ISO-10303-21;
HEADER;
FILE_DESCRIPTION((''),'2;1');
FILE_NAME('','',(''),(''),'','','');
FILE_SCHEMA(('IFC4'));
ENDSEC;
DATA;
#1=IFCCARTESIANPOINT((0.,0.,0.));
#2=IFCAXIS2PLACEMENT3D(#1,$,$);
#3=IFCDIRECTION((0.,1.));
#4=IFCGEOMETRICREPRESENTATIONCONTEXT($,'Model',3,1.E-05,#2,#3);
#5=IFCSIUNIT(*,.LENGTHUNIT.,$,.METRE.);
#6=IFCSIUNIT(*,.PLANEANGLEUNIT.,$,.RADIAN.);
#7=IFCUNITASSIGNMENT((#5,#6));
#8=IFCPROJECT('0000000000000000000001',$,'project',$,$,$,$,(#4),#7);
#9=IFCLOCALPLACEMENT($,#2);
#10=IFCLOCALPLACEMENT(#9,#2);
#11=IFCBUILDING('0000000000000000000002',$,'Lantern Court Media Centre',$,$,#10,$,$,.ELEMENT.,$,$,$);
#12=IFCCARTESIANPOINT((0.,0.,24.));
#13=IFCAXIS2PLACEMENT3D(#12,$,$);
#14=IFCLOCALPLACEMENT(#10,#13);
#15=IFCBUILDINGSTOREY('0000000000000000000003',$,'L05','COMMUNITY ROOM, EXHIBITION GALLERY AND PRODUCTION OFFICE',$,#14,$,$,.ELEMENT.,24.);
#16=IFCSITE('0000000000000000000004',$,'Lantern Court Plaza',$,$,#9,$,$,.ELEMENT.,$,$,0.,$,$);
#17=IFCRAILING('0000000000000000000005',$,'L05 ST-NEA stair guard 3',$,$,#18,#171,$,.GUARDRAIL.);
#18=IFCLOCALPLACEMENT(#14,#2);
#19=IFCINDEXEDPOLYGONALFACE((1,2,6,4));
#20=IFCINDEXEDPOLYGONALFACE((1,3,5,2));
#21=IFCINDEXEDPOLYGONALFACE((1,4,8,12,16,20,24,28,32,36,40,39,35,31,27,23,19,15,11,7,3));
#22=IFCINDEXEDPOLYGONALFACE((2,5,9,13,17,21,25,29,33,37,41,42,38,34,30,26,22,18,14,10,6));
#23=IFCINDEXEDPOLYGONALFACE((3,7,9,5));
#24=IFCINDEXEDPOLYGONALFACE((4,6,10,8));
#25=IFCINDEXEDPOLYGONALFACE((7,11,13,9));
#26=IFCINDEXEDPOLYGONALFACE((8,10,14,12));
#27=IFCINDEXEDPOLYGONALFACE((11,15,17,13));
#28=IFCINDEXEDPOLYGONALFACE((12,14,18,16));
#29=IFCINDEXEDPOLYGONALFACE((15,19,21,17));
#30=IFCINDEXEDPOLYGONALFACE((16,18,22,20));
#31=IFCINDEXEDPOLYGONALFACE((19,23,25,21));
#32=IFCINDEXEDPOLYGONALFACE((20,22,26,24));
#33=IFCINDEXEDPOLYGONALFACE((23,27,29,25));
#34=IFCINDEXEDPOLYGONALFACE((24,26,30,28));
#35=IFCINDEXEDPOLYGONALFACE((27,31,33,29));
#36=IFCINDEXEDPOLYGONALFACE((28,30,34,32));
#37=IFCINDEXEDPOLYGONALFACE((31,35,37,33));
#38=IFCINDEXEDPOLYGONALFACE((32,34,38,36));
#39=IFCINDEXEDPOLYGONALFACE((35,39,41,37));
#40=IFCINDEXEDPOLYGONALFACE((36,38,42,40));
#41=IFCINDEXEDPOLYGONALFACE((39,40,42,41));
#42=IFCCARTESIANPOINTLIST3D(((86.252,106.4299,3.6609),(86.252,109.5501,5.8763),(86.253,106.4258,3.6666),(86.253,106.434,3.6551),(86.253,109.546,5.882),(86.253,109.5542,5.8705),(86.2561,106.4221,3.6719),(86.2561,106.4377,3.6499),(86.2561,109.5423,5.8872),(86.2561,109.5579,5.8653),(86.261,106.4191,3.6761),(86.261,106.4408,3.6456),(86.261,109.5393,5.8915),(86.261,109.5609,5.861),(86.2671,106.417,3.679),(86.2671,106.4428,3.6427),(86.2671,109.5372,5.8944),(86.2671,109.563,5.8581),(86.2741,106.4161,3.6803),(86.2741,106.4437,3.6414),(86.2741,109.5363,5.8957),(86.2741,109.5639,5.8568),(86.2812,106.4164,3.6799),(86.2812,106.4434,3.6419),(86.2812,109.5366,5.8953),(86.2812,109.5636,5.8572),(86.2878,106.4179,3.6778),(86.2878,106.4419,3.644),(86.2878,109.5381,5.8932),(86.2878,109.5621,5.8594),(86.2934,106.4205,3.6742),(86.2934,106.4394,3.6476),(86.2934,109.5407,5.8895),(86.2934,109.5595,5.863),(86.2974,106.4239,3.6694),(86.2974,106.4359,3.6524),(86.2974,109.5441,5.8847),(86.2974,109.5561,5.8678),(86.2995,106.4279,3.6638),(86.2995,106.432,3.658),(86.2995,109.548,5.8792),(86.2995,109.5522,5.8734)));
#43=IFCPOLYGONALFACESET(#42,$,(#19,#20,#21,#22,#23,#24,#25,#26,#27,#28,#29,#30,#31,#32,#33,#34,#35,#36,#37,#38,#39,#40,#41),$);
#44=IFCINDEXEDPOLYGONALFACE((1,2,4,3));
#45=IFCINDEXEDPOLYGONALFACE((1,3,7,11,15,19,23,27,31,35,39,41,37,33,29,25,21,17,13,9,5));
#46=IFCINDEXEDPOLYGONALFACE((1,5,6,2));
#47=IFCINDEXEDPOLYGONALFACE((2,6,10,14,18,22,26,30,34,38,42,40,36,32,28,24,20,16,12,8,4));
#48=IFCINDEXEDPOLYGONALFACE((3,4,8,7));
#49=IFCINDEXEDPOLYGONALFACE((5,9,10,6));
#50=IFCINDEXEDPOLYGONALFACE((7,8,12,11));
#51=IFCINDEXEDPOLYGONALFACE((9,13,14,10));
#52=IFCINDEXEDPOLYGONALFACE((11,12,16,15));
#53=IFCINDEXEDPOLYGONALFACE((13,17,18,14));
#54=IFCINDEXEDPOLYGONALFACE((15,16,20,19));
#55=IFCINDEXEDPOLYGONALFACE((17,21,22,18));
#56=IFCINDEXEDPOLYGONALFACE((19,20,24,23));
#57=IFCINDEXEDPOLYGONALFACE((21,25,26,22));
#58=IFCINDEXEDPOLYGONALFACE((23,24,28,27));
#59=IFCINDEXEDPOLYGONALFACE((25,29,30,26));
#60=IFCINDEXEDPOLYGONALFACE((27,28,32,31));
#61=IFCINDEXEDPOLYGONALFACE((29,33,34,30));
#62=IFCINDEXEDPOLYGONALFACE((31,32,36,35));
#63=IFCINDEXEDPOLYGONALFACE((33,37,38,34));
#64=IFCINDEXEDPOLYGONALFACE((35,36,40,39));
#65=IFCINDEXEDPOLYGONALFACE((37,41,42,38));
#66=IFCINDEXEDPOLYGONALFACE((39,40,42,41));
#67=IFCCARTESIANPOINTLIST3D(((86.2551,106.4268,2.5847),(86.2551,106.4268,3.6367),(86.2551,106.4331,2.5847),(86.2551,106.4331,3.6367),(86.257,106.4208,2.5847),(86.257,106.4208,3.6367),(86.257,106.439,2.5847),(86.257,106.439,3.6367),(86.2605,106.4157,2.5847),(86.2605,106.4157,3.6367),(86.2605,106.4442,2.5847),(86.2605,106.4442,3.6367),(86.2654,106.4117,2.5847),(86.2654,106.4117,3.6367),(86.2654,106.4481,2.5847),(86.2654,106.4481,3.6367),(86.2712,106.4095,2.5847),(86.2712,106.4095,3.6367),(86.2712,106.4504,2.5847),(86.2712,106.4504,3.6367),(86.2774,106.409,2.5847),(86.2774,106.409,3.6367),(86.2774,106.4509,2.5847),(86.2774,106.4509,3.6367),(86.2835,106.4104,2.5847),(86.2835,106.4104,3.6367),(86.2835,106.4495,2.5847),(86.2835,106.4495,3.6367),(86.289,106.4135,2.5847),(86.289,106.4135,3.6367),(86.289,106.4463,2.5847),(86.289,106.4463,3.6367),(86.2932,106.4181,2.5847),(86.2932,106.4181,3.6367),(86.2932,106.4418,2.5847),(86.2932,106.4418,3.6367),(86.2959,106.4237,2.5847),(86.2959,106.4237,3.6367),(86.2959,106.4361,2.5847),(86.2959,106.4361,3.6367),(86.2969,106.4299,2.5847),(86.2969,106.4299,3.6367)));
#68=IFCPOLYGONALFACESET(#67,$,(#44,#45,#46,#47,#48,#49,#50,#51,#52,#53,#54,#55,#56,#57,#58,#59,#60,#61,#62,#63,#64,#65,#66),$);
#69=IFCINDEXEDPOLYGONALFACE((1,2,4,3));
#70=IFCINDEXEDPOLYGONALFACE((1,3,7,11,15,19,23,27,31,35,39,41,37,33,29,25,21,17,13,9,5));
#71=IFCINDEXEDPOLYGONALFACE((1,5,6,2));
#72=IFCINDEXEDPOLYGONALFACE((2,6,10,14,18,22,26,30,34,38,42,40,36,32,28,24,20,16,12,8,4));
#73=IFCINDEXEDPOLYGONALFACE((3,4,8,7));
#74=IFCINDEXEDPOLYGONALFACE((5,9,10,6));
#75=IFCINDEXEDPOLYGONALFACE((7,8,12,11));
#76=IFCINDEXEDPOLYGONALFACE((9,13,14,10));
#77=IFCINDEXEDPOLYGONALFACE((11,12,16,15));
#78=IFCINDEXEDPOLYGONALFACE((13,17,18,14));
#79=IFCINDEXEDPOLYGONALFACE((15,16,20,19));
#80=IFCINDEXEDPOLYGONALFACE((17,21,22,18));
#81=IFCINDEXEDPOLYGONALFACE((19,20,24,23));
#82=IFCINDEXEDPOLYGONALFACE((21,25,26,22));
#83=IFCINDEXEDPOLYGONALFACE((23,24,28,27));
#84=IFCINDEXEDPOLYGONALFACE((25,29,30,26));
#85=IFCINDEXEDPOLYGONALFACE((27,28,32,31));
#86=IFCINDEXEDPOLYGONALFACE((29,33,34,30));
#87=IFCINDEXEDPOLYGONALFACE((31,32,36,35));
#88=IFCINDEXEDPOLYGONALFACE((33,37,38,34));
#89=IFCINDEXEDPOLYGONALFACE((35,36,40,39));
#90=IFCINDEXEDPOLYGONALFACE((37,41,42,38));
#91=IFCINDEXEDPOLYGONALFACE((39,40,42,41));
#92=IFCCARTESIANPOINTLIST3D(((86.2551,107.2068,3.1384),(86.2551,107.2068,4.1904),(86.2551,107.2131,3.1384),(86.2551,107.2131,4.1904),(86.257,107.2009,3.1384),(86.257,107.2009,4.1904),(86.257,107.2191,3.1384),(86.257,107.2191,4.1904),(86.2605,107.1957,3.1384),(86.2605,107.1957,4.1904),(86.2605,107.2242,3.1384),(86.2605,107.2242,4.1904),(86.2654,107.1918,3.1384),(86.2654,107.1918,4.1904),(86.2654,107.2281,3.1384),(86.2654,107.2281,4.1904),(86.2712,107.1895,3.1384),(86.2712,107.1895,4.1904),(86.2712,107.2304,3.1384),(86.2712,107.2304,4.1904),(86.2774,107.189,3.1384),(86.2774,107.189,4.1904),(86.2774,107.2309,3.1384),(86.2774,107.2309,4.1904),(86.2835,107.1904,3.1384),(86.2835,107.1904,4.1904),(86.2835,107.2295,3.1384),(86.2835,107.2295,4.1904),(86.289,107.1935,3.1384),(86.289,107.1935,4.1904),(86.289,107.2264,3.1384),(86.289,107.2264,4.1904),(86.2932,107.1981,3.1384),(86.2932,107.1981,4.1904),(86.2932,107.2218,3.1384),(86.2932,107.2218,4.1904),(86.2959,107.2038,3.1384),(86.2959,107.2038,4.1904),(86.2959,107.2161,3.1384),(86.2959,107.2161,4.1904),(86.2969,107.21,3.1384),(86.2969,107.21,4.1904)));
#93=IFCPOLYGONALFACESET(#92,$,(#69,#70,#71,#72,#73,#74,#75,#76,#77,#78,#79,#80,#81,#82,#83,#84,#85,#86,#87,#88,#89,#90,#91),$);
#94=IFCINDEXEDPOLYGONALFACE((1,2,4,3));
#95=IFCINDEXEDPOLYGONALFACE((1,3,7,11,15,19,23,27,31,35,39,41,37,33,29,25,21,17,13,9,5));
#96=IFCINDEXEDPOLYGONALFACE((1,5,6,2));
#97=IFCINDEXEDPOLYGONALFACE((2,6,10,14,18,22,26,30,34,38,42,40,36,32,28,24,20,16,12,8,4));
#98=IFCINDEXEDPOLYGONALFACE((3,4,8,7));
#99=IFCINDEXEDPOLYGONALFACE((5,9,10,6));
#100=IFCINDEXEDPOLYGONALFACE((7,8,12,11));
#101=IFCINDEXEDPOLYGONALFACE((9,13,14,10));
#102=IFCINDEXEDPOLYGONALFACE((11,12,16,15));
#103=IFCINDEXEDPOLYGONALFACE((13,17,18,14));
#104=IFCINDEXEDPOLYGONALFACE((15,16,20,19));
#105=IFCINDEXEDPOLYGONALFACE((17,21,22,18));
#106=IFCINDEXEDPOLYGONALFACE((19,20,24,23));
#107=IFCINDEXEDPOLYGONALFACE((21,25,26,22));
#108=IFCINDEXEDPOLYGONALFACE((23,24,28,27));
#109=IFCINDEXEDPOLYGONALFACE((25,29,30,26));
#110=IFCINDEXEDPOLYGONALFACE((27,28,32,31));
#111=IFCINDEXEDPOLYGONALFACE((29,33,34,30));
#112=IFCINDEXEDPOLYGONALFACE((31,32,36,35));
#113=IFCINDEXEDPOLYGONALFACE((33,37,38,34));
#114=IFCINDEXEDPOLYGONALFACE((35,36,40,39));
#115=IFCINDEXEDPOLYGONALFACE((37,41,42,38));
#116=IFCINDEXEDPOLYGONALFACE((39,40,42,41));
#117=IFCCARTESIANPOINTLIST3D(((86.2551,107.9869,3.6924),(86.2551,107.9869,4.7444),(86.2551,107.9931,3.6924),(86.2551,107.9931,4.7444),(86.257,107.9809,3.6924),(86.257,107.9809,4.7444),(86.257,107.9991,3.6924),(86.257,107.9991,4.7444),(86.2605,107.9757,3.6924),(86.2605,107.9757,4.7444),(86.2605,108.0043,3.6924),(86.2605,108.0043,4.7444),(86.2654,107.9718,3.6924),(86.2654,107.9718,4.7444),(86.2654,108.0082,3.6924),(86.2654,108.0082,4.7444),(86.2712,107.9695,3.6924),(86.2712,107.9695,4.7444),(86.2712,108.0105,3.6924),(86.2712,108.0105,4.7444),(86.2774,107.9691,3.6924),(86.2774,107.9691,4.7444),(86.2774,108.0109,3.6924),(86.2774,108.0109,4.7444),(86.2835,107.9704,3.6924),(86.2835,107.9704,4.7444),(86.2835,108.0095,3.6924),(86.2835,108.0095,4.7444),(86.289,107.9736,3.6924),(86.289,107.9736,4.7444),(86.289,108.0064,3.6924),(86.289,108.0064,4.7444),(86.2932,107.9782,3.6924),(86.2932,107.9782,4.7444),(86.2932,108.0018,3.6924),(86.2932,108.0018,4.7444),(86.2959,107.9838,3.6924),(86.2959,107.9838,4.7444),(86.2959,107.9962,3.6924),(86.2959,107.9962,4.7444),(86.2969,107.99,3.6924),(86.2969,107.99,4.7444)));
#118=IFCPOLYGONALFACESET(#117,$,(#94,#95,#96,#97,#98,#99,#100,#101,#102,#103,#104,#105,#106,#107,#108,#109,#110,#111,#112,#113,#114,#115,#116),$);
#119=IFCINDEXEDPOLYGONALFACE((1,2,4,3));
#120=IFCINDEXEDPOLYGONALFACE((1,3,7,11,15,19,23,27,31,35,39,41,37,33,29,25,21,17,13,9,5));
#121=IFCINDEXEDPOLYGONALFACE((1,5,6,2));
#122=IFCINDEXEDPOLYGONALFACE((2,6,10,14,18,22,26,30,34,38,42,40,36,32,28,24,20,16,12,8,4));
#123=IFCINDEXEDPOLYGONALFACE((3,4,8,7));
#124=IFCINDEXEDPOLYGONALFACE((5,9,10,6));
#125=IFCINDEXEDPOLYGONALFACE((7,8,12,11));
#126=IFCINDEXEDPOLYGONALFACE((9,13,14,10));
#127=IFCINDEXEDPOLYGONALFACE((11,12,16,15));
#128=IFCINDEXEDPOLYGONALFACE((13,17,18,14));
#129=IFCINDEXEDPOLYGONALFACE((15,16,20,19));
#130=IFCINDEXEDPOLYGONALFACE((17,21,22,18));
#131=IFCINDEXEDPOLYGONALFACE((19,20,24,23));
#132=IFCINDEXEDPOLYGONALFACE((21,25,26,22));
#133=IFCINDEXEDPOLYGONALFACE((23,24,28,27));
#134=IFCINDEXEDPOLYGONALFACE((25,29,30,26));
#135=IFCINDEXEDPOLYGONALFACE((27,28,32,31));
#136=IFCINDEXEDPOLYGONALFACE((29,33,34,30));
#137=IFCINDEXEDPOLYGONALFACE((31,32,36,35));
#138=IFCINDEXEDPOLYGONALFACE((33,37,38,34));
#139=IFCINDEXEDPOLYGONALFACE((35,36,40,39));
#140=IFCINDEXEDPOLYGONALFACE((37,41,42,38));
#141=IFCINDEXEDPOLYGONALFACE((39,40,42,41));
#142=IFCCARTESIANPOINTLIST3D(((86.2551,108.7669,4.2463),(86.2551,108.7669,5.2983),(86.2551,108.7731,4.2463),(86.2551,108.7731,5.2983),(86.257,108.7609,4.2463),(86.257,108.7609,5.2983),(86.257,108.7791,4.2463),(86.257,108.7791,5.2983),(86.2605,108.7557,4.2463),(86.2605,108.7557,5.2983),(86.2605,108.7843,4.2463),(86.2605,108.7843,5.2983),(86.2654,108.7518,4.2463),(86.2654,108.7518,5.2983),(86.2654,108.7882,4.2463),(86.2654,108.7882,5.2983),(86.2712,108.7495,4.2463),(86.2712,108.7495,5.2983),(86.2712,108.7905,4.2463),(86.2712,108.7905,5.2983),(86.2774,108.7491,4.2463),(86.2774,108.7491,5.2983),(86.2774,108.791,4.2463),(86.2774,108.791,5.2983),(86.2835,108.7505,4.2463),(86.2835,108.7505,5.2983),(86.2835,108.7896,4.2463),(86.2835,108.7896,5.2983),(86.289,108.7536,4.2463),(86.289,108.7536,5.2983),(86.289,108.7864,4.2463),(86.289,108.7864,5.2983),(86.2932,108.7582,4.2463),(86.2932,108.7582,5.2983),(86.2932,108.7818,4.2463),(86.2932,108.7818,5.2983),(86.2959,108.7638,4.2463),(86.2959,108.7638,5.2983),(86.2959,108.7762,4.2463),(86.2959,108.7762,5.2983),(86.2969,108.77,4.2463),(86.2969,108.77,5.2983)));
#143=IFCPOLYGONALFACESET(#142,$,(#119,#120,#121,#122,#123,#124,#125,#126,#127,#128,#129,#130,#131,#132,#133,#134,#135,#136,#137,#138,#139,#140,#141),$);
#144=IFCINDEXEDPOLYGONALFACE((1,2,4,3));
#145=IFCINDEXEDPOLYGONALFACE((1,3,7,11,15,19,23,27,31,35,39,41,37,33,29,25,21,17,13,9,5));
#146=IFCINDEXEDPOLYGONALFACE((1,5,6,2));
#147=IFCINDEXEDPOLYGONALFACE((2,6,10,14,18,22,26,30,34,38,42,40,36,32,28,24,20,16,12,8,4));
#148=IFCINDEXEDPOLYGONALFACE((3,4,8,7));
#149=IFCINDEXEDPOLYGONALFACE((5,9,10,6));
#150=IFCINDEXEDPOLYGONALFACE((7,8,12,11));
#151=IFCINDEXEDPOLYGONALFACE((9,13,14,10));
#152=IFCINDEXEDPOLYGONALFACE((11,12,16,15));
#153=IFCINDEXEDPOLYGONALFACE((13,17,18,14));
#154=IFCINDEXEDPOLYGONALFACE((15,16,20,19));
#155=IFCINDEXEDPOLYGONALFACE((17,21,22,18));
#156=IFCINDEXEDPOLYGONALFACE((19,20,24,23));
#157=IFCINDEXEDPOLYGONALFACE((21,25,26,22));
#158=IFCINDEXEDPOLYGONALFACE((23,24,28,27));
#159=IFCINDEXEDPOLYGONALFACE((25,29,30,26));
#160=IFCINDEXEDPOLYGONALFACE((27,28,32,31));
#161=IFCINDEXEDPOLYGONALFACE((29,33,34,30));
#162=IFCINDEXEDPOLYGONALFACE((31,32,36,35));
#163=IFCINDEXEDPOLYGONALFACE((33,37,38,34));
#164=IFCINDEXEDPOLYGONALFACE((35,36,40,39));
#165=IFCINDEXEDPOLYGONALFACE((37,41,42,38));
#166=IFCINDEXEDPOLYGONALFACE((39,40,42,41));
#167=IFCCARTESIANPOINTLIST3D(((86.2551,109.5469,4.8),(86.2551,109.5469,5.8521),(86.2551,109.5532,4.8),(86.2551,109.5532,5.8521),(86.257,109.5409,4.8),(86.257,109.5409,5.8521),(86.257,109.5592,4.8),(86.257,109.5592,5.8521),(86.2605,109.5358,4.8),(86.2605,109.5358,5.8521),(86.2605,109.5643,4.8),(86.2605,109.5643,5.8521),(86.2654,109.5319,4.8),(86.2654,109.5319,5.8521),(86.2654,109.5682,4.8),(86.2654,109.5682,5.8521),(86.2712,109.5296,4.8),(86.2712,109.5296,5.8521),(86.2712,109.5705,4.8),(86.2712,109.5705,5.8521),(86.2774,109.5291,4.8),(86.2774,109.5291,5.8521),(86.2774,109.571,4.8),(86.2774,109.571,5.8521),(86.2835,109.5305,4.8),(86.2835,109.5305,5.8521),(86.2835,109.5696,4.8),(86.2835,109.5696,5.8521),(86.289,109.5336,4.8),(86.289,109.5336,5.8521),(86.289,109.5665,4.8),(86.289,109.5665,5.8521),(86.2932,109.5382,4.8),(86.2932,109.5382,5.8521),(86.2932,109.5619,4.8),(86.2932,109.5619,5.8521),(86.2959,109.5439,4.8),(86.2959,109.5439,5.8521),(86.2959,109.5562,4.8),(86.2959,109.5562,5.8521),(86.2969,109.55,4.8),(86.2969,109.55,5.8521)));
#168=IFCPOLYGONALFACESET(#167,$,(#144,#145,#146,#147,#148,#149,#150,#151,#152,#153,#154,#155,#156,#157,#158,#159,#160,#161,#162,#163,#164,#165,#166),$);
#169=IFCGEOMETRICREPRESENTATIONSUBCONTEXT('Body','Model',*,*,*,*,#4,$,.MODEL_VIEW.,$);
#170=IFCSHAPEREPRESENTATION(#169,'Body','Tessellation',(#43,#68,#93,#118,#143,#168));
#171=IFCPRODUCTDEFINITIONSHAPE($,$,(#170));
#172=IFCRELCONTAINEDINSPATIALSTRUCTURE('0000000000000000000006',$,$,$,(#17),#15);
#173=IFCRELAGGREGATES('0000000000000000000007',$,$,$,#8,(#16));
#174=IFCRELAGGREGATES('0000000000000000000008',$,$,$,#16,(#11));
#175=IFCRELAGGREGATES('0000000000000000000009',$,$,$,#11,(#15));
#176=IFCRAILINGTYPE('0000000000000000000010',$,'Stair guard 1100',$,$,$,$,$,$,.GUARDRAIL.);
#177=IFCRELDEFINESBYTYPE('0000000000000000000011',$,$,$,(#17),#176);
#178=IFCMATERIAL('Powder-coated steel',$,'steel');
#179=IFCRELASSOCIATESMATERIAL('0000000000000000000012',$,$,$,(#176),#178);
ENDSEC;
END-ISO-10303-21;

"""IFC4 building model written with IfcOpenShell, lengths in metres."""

from ifc_helpers import new_model, si_unit, direction, frame, origin, origin_2d, place, context, subcontext, project, spatial, circle, extrude, material, type_object, element, save


model = new_model("IFC4")

# Units and contexts
model_context = context("Model", 3, precision=1e-05, world=origin(), true_north=direction((0.0, 1.0)))
body_context = subcontext(model_context, "Body", "Model", "MODEL_VIEW")
ifc_project = project(units=[si_unit("LENGTHUNIT", "METRE"), si_unit("PLANEANGLEUNIT", "RADIAN")], contexts=[model_context])

# Site, building, storey
site_placement = place(None, origin())
site = spatial("IfcSite", under=ifc_project, at=site_placement, Name="Lantern Court Plaza", CompositionType="ELEMENT", RefElevation=0.0)
building_placement = place(site_placement, origin())
building = spatial("IfcBuilding", under=site, at=building_placement, Name="Lantern Court Media Centre", CompositionType="ELEMENT")
storey_placement = place(building_placement, frame((0.0, 0.0, 24.0)))
storey = spatial("IfcBuildingStorey", under=building, at=storey_placement, Name="L05", Description="COMMUNITY ROOM, EXHIBITION GALLERY AND PRODUCTION OFFICE", CompositionType="ELEMENT", Elevation=24.0)

# Shared definitions
ifc_material_1 = material(Name="Powder-coated steel", Category="steel")

# Railing
railing_type_1 = type_object("IfcRailingType", Name="Stair guard 1100", PredefinedType="GUARDRAIL", material=ifc_material_1)
railing_1_placement = place(storey_placement, frame((86.2759, 106.4299, 2.5847)))
element("IfcRailing", 1, at=railing_1_placement, inside=storey, type_object=railing_type_1, Name="L05 ST-NEA stair guard 3", PredefinedType="GUARDRAIL", context=body_context, shape_type="SweptSolid", body=[
    extrude(circle(Radius=0.0239, at=origin_2d()), frame((0.0, 0.0, 1.0762), z_axis=(0.0, 0.815377, 0.57893), x_axis=(-1.0, 0.0, 0.0)), (0.0, 0.0, 1.0), 3.8267),
    extrude(circle(Radius=0.021, at=origin_2d()), origin(), (0.0, 0.0, 1.0), 1.052),
    extrude(circle(Radius=0.021, at=origin_2d()), frame((0.0, 0.78, 0.5537)), (0.0, 0.0, 1.0), 1.052),
    extrude(circle(Radius=0.021, at=origin_2d()), frame((0.0, 1.5601, 1.1077)), (0.0, 0.0, 1.0), 1.052),
    extrude(circle(Radius=0.021, at=origin_2d()), frame((0.0, 2.3401, 1.6616)), (0.0, 0.0, 1.0), 1.052),
    extrude(circle(Radius=0.021, at=origin_2d()), frame((0.0, 3.1201, 2.2153)), (0.0, 0.0, 1.0), 1.052),
])

save(model, "model.ifc")
